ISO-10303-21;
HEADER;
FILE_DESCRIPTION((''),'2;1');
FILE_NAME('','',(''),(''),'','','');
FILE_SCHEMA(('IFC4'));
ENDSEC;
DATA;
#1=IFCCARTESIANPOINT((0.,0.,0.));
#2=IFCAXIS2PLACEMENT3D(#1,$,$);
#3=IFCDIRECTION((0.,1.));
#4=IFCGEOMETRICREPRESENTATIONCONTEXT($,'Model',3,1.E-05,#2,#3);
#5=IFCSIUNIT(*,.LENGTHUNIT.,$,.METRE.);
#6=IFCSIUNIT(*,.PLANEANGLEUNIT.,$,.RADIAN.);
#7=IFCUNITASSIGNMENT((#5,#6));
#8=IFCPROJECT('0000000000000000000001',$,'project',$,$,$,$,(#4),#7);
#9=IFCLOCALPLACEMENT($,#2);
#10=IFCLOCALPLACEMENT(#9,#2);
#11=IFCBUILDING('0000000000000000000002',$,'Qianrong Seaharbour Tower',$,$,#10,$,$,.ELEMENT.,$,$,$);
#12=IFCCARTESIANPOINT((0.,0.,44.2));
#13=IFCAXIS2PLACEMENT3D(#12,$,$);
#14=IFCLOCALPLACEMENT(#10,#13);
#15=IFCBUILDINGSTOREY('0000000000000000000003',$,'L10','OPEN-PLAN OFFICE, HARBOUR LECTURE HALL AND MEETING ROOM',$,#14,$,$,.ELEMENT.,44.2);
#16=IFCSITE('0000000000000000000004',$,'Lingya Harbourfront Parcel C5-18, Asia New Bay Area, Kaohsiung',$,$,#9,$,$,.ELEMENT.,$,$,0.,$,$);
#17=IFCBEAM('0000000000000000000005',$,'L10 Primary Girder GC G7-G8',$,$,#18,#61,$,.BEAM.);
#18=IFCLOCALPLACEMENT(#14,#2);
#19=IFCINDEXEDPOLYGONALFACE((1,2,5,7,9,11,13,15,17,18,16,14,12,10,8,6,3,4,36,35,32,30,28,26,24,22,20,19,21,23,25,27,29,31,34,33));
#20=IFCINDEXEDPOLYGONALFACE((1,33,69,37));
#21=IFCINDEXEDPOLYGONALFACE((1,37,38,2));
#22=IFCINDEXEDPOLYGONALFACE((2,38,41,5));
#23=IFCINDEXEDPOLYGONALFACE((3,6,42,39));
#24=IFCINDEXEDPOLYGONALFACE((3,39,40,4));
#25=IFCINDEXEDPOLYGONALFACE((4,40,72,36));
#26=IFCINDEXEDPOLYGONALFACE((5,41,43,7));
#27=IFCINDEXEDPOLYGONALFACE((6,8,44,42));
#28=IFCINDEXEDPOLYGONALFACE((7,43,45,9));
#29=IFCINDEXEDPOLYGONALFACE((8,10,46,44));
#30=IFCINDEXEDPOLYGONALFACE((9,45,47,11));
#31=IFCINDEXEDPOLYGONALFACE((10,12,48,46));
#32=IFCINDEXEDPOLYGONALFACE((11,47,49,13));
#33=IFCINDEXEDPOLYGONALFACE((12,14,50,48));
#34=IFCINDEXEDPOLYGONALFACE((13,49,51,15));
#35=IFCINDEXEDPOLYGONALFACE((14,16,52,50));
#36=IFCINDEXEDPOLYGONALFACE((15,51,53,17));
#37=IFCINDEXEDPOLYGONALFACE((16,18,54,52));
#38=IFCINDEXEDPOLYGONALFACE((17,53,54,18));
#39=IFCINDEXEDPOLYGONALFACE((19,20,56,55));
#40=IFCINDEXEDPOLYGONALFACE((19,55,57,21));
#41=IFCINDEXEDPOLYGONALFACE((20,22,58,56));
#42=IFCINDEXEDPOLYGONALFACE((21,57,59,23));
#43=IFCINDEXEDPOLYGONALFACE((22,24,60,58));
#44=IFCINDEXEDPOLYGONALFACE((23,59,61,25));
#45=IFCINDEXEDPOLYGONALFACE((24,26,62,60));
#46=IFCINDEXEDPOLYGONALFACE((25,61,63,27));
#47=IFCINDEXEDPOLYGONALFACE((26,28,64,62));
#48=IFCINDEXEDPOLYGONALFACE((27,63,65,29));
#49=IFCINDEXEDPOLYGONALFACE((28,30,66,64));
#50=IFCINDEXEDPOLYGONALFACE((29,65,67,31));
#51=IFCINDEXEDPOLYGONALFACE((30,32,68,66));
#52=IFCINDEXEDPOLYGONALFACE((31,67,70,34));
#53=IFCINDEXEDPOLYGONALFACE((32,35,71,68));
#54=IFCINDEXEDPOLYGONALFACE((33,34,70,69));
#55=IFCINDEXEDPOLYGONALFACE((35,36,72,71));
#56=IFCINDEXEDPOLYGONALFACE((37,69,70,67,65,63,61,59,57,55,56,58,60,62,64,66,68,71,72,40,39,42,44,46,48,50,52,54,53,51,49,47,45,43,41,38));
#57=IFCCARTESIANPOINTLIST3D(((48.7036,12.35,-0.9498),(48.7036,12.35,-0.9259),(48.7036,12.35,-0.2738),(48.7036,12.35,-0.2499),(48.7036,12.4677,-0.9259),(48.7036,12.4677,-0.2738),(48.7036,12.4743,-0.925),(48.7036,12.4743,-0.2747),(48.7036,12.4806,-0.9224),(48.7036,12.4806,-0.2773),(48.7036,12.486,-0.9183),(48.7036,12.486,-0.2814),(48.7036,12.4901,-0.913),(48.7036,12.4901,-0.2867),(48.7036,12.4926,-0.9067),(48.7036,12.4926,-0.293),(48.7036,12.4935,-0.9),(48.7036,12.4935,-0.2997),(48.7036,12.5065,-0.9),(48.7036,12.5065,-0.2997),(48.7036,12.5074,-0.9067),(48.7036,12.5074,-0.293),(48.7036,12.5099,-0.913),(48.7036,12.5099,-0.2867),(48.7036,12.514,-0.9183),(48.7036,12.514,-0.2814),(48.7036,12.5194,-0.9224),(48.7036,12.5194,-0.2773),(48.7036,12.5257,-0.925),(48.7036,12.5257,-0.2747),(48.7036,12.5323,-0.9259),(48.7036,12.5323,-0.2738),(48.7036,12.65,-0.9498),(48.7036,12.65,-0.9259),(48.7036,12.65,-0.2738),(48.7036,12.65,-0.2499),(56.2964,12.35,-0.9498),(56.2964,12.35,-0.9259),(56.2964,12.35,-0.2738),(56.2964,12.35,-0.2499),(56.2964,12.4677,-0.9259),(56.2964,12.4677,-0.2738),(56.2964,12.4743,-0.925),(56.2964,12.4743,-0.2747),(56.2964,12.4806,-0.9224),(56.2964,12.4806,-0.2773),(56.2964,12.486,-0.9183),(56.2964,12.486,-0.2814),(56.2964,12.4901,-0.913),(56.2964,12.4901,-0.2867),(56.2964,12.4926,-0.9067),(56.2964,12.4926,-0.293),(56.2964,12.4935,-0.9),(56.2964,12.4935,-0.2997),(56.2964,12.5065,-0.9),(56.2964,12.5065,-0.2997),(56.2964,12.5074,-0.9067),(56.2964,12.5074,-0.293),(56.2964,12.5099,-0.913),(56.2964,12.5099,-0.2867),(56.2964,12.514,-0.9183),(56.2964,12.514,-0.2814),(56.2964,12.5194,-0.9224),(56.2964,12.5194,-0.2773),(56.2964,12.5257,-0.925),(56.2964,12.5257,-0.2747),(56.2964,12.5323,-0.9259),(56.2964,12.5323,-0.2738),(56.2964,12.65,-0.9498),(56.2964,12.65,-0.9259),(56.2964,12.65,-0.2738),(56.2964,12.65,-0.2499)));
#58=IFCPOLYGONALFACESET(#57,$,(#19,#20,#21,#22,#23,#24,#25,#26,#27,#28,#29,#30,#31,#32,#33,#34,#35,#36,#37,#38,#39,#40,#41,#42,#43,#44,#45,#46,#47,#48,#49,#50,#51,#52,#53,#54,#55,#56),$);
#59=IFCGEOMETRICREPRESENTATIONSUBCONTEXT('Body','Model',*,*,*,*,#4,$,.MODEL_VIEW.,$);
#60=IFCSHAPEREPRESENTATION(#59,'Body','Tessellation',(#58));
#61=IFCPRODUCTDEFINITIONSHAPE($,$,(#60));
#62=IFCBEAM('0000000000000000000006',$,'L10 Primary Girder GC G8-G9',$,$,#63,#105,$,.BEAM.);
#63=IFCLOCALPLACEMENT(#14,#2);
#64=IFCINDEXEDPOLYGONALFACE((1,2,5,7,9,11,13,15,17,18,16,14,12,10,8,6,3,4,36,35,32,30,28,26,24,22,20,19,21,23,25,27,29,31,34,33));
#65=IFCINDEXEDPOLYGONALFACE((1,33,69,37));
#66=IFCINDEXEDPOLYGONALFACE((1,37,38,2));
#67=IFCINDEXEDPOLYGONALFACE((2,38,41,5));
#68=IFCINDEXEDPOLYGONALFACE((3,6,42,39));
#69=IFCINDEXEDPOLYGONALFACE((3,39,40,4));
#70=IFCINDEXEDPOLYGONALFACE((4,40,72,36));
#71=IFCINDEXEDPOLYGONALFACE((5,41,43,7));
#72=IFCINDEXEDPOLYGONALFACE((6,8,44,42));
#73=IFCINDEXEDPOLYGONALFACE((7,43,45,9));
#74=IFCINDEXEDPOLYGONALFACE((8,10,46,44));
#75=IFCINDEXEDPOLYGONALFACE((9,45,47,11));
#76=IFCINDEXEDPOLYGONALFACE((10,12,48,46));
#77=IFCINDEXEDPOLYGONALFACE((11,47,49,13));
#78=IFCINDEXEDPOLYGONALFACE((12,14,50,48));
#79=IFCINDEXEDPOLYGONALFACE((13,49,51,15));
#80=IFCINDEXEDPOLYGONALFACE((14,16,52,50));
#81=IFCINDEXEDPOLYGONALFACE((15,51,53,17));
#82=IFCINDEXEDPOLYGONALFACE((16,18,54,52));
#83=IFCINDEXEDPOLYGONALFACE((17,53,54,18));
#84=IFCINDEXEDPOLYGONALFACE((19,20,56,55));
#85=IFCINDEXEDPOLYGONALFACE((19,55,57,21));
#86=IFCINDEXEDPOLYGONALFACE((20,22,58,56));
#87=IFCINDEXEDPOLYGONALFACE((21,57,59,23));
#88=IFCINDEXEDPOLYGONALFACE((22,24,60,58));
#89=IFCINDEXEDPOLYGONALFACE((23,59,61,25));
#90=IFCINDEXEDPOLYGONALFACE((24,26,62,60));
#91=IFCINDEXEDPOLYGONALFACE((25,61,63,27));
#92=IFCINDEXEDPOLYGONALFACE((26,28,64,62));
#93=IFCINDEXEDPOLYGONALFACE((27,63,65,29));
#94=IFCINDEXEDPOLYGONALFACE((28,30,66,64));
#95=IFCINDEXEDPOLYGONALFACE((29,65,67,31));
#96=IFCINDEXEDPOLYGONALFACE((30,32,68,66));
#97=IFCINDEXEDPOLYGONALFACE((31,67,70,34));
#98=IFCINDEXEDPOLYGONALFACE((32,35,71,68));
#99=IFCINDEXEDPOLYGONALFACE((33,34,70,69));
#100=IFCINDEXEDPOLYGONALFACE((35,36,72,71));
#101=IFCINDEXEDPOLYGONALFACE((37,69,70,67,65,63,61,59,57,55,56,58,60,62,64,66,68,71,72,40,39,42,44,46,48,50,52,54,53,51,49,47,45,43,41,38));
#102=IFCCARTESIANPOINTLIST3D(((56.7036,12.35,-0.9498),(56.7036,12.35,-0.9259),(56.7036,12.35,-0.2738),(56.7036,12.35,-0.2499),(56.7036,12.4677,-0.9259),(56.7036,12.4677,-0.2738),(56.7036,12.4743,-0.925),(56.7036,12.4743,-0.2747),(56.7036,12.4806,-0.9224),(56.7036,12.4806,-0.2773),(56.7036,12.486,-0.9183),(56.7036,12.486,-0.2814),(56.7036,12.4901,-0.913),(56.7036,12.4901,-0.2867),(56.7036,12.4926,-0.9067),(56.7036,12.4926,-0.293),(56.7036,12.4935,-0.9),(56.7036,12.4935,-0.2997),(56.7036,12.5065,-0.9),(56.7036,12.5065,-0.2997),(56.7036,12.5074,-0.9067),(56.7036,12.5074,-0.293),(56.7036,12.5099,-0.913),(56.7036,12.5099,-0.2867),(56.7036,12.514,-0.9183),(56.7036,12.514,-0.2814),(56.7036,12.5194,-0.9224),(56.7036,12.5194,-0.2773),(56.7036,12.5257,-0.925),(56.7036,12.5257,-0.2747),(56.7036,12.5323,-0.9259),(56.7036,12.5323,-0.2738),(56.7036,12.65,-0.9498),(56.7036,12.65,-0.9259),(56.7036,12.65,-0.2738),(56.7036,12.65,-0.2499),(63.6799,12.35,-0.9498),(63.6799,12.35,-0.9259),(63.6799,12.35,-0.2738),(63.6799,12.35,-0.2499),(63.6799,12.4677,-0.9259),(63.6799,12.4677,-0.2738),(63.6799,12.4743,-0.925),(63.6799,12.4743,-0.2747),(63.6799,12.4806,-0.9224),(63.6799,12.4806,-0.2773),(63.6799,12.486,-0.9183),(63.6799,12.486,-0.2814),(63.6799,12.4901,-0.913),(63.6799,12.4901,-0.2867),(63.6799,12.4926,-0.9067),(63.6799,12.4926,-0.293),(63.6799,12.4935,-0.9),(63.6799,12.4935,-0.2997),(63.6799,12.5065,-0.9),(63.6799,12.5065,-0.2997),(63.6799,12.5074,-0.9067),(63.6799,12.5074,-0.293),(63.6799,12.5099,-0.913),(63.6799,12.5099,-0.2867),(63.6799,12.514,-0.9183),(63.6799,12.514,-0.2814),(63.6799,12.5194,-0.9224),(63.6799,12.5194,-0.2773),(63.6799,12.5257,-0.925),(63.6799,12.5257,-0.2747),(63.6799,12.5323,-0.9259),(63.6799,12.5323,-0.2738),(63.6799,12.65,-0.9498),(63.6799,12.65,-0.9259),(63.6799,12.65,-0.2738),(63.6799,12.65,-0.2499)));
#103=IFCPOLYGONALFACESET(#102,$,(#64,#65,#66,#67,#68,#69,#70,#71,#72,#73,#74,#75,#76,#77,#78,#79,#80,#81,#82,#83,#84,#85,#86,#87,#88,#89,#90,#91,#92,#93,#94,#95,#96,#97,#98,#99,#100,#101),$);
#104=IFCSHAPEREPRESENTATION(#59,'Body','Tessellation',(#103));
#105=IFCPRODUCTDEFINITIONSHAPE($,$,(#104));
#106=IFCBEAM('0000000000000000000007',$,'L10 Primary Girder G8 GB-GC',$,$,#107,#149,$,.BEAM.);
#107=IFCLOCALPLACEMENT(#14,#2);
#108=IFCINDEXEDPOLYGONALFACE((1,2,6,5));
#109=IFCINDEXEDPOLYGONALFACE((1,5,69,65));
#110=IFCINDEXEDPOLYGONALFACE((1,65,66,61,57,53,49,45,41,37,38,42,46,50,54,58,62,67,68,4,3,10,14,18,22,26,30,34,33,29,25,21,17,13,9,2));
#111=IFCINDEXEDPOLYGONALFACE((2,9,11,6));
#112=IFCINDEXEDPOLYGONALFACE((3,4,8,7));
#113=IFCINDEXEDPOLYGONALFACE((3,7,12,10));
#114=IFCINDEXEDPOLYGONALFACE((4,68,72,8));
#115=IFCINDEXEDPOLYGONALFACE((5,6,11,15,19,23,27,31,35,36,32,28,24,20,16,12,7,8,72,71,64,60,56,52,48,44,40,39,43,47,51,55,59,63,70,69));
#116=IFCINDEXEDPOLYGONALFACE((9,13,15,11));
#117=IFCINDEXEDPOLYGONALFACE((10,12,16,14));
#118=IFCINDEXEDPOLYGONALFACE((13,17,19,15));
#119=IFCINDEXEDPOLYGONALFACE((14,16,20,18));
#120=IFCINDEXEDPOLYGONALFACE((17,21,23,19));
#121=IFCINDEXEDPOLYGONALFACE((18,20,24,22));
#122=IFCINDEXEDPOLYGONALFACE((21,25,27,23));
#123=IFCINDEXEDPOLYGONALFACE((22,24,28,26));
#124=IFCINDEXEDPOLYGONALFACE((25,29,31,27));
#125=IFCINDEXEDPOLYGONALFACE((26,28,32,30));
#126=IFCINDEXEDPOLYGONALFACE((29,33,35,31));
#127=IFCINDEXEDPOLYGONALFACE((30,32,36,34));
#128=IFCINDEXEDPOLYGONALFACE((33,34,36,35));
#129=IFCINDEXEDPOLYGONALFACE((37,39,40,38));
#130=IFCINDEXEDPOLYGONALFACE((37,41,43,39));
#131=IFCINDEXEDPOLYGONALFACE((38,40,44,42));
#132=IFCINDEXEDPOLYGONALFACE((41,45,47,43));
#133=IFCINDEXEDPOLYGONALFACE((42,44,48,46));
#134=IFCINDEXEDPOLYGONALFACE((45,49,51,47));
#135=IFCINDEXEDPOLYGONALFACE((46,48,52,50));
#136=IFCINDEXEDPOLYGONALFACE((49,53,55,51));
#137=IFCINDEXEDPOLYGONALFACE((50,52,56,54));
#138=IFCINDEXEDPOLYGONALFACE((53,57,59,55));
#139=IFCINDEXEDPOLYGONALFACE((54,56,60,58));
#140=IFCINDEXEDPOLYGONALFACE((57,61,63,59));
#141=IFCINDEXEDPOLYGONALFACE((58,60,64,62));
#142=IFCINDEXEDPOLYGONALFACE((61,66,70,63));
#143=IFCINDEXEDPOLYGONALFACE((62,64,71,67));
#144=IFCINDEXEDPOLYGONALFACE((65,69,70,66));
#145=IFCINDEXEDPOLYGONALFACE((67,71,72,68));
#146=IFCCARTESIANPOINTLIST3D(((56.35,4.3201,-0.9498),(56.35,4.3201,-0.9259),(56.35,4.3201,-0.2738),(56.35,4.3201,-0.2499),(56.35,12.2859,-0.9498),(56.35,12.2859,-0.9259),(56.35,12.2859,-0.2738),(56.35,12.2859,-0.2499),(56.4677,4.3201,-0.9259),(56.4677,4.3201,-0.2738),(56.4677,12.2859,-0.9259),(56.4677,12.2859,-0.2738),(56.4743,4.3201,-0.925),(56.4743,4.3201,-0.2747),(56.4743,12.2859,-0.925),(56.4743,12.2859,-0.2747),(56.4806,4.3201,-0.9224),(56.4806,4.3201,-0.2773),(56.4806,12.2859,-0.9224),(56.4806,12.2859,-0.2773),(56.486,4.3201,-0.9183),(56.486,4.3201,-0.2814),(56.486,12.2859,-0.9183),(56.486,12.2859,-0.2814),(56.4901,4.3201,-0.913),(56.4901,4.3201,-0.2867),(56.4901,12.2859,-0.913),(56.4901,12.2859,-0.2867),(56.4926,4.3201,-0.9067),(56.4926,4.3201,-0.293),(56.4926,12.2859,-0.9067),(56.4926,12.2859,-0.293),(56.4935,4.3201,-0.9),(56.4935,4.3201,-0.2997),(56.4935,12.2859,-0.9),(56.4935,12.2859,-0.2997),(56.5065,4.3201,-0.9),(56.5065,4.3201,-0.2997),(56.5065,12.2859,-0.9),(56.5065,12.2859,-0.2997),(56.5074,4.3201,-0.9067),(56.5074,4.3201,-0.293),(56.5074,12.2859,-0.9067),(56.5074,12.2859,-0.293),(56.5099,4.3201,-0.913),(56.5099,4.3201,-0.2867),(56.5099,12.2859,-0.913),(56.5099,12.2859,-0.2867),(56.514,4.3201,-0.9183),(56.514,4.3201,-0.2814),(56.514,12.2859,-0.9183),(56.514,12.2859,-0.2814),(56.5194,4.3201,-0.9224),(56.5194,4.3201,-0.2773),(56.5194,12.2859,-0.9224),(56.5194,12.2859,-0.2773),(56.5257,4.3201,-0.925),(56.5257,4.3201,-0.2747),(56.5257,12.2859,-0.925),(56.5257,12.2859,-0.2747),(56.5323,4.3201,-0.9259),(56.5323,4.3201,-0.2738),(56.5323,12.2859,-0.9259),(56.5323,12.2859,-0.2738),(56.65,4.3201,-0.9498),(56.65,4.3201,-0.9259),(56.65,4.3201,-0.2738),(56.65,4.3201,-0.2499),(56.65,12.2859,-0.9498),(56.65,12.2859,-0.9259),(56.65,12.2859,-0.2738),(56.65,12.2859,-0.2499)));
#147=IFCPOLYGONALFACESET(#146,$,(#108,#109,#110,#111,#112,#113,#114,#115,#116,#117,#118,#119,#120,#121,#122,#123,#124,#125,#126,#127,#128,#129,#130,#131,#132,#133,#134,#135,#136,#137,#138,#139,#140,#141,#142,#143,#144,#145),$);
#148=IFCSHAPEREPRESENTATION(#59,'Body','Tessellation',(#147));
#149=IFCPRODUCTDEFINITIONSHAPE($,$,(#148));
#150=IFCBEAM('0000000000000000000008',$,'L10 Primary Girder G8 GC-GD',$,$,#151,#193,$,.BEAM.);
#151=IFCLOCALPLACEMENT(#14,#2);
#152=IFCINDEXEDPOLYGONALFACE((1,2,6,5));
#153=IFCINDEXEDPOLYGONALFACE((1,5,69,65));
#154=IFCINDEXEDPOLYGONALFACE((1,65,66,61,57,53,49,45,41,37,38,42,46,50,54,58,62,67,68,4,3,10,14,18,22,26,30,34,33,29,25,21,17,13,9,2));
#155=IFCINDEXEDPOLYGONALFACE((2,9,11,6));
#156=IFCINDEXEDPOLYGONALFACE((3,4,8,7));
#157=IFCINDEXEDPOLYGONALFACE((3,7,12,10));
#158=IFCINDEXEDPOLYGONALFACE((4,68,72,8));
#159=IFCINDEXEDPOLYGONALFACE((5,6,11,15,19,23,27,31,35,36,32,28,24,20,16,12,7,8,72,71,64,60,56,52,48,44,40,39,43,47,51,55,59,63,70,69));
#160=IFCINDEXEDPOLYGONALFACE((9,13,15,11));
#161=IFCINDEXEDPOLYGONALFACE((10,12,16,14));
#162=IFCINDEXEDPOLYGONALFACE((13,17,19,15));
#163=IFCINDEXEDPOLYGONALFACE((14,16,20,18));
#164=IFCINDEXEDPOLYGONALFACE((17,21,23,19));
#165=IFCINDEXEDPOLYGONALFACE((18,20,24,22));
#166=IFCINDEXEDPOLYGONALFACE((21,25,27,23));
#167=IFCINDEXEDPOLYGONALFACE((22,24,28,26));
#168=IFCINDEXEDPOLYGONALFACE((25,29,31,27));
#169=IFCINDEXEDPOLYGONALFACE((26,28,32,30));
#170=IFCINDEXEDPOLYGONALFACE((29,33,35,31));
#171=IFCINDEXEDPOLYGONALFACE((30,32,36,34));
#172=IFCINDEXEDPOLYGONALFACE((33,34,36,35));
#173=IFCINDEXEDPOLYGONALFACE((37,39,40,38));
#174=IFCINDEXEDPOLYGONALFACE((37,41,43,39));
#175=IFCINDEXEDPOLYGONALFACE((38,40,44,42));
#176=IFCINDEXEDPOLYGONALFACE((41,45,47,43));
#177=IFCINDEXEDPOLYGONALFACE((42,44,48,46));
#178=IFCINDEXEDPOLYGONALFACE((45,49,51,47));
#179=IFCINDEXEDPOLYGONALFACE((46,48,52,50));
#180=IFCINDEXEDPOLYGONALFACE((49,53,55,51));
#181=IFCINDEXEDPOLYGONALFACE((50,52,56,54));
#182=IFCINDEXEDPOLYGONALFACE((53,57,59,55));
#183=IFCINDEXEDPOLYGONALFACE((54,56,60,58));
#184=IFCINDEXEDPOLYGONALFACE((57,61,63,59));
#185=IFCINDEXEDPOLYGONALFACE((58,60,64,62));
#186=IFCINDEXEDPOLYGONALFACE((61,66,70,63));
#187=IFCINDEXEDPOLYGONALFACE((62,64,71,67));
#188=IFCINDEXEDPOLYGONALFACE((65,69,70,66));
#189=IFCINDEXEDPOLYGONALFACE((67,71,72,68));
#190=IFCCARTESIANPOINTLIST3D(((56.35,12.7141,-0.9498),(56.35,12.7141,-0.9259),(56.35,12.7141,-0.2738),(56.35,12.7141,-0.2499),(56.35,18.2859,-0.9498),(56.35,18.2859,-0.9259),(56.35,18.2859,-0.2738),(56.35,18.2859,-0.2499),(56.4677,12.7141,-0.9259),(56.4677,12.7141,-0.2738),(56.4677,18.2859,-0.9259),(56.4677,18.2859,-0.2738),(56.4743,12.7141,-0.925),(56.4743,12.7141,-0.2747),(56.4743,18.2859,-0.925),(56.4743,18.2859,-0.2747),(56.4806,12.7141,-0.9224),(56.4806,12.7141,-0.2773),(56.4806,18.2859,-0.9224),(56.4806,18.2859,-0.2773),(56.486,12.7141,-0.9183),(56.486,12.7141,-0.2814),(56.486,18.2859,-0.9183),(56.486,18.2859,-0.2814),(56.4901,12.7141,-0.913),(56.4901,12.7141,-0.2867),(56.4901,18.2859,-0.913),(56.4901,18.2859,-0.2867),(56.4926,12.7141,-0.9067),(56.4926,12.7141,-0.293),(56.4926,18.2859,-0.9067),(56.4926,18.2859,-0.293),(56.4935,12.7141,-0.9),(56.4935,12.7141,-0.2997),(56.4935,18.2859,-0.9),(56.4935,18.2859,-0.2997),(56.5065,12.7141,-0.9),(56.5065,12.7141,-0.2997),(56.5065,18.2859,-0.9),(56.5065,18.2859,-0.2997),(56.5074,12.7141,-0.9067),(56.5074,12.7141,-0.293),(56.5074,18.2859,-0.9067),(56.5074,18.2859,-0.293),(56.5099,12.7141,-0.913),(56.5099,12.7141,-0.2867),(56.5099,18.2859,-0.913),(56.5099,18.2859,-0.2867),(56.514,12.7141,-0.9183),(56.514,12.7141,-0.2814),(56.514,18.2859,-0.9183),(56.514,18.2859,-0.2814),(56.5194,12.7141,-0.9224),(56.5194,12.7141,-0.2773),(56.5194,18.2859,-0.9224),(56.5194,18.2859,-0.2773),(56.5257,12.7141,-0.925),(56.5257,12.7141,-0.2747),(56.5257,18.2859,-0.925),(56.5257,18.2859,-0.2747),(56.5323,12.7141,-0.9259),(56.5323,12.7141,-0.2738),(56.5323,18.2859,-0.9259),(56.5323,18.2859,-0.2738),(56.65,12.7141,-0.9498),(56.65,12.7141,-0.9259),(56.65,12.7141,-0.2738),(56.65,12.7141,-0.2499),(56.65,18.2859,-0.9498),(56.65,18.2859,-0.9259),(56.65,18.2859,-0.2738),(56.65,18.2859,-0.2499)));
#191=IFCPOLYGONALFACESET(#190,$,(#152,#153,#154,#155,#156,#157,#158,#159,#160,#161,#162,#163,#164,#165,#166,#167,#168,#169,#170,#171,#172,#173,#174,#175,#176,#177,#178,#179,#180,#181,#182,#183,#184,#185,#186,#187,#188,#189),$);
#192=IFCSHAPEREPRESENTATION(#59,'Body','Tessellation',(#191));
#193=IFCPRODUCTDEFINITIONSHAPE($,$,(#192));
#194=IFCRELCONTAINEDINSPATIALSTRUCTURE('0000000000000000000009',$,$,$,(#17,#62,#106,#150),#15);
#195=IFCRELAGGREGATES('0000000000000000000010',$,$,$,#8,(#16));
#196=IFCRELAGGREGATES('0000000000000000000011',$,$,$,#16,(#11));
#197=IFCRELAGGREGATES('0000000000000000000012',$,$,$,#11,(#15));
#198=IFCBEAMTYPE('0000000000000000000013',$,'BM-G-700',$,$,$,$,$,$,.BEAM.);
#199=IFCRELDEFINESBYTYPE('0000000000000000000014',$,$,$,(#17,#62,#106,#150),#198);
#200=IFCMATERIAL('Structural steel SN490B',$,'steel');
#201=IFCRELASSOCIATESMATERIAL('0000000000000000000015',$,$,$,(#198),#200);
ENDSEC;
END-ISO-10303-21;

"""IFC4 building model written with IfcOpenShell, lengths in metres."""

from ifc_helpers import new_model, si_unit, direction, frame, origin, origin_2d, place, context, subcontext, project, spatial, i_section, extrude, material, material_profile, profile_set, type_object, element, save


model = new_model("IFC4")

# Units and contexts
model_context = context("Model", 3, precision=1e-05, world=origin(), true_north=direction((0.0, 1.0)))
body_context = subcontext(model_context, "Body", "Model", "MODEL_VIEW")
ifc_project = project(units=[si_unit("LENGTHUNIT", "METRE"), si_unit("PLANEANGLEUNIT", "RADIAN")], contexts=[model_context])

# Site, building, storey
site_placement = place(None, origin())
site = spatial("IfcSite", under=ifc_project, at=site_placement, Name="Lingya Harbourfront Parcel C5-18, Asia New Bay Area, Kaohsiung", CompositionType="ELEMENT", RefElevation=0.0)
building_placement = place(site_placement, origin())
building = spatial("IfcBuilding", under=site, at=building_placement, Name="Qianrong Seaharbour Tower", CompositionType="ELEMENT")
storey_placement = place(building_placement, frame((0.0, 0.0, 44.2)))
storey = spatial("IfcBuildingStorey", under=building, at=storey_placement, Name="L10", Description="OPEN-PLAN OFFICE, HARBOUR LECTURE HALL AND MEETING ROOM", CompositionType="ELEMENT", Elevation=44.2)

# Shared definitions
ifc_material_1 = material(Name="Structural steel SN490B", Category="steel")

# Beams
ifc_material_profile_1 = material_profile(ifc_material_1, i_section(OverallWidth=0.3, OverallDepth=0.7, WebThickness=0.0129, FlangeThickness=0.0239, FilletRadius=0.0259, at=origin_2d()), Name="H700x300x13x24")
ifc_profile_set_1 = profile_set([ifc_material_profile_1], Name="Structural steel SN490B")
beam_type_1 = type_object("IfcBeamType", Name="BM-G-700", PredefinedType="BEAM", material=ifc_profile_set_1)
beam_1_placement = place(storey_placement, frame((48.7036, 12.5, -0.5999), z_axis=(1.0, 0.0, 0.0), x_axis=(0.0, 1.0, 0.0)))
element("IfcBeam", 1, at=beam_1_placement, inside=storey, type_object=beam_type_1, Name="L10 Primary Girder GC G7-G8", PredefinedType="BEAM", context=body_context, shape_type="SweptSolid", body=[
    extrude(i_section(OverallWidth=0.3, OverallDepth=0.7, WebThickness=0.0129, FlangeThickness=0.0239, FilletRadius=0.0259, at=origin_2d()), origin(), (0.0, 0.0, 1.0), 7.5928),
])
beam_2_placement = place(storey_placement, frame((56.7036, 12.5, -0.5999), z_axis=(1.0, 0.0, 0.0), x_axis=(0.0, 1.0, 0.0)))
element("IfcBeam", 2, at=beam_2_placement, inside=storey, type_object=beam_type_1, Name="L10 Primary Girder GC G8-G9", PredefinedType="BEAM", context=body_context, shape_type="SweptSolid", body=[
    extrude(i_section(OverallWidth=0.3, OverallDepth=0.7, WebThickness=0.0129, FlangeThickness=0.0239, FilletRadius=0.0259, at=origin_2d()), origin(), (0.0, 0.0, 1.0), 6.9763),
])
beam_3_placement = place(storey_placement, frame((56.5, 4.3201, -0.5999), z_axis=(0.0, 1.0, 0.0), x_axis=(-1.0, 0.0, 0.0)))
element("IfcBeam", 3, at=beam_3_placement, inside=storey, type_object=beam_type_1, Name="L10 Primary Girder G8 GB-GC", PredefinedType="BEAM", context=body_context, shape_type="SweptSolid", body=[
    extrude(i_section(OverallWidth=0.3, OverallDepth=0.7, WebThickness=0.0129, FlangeThickness=0.0239, FilletRadius=0.0259, at=origin_2d()), origin(), (0.0, 0.0, 1.0), 7.9658),
])
beam_4_placement = place(storey_placement, frame((56.5, 12.7141, -0.5999), z_axis=(0.0, 1.0, 0.0), x_axis=(-1.0, 0.0, 0.0)))
element("IfcBeam", 4, at=beam_4_placement, inside=storey, type_object=beam_type_1, Name="L10 Primary Girder G8 GC-GD", PredefinedType="BEAM", context=body_context, shape_type="SweptSolid", body=[
    extrude(i_section(OverallWidth=0.3, OverallDepth=0.7, WebThickness=0.0129, FlangeThickness=0.0239, FilletRadius=0.0259, at=origin_2d()), origin(), (0.0, 0.0, 1.0), 5.5718),
])

save(model, "model.ifc")
